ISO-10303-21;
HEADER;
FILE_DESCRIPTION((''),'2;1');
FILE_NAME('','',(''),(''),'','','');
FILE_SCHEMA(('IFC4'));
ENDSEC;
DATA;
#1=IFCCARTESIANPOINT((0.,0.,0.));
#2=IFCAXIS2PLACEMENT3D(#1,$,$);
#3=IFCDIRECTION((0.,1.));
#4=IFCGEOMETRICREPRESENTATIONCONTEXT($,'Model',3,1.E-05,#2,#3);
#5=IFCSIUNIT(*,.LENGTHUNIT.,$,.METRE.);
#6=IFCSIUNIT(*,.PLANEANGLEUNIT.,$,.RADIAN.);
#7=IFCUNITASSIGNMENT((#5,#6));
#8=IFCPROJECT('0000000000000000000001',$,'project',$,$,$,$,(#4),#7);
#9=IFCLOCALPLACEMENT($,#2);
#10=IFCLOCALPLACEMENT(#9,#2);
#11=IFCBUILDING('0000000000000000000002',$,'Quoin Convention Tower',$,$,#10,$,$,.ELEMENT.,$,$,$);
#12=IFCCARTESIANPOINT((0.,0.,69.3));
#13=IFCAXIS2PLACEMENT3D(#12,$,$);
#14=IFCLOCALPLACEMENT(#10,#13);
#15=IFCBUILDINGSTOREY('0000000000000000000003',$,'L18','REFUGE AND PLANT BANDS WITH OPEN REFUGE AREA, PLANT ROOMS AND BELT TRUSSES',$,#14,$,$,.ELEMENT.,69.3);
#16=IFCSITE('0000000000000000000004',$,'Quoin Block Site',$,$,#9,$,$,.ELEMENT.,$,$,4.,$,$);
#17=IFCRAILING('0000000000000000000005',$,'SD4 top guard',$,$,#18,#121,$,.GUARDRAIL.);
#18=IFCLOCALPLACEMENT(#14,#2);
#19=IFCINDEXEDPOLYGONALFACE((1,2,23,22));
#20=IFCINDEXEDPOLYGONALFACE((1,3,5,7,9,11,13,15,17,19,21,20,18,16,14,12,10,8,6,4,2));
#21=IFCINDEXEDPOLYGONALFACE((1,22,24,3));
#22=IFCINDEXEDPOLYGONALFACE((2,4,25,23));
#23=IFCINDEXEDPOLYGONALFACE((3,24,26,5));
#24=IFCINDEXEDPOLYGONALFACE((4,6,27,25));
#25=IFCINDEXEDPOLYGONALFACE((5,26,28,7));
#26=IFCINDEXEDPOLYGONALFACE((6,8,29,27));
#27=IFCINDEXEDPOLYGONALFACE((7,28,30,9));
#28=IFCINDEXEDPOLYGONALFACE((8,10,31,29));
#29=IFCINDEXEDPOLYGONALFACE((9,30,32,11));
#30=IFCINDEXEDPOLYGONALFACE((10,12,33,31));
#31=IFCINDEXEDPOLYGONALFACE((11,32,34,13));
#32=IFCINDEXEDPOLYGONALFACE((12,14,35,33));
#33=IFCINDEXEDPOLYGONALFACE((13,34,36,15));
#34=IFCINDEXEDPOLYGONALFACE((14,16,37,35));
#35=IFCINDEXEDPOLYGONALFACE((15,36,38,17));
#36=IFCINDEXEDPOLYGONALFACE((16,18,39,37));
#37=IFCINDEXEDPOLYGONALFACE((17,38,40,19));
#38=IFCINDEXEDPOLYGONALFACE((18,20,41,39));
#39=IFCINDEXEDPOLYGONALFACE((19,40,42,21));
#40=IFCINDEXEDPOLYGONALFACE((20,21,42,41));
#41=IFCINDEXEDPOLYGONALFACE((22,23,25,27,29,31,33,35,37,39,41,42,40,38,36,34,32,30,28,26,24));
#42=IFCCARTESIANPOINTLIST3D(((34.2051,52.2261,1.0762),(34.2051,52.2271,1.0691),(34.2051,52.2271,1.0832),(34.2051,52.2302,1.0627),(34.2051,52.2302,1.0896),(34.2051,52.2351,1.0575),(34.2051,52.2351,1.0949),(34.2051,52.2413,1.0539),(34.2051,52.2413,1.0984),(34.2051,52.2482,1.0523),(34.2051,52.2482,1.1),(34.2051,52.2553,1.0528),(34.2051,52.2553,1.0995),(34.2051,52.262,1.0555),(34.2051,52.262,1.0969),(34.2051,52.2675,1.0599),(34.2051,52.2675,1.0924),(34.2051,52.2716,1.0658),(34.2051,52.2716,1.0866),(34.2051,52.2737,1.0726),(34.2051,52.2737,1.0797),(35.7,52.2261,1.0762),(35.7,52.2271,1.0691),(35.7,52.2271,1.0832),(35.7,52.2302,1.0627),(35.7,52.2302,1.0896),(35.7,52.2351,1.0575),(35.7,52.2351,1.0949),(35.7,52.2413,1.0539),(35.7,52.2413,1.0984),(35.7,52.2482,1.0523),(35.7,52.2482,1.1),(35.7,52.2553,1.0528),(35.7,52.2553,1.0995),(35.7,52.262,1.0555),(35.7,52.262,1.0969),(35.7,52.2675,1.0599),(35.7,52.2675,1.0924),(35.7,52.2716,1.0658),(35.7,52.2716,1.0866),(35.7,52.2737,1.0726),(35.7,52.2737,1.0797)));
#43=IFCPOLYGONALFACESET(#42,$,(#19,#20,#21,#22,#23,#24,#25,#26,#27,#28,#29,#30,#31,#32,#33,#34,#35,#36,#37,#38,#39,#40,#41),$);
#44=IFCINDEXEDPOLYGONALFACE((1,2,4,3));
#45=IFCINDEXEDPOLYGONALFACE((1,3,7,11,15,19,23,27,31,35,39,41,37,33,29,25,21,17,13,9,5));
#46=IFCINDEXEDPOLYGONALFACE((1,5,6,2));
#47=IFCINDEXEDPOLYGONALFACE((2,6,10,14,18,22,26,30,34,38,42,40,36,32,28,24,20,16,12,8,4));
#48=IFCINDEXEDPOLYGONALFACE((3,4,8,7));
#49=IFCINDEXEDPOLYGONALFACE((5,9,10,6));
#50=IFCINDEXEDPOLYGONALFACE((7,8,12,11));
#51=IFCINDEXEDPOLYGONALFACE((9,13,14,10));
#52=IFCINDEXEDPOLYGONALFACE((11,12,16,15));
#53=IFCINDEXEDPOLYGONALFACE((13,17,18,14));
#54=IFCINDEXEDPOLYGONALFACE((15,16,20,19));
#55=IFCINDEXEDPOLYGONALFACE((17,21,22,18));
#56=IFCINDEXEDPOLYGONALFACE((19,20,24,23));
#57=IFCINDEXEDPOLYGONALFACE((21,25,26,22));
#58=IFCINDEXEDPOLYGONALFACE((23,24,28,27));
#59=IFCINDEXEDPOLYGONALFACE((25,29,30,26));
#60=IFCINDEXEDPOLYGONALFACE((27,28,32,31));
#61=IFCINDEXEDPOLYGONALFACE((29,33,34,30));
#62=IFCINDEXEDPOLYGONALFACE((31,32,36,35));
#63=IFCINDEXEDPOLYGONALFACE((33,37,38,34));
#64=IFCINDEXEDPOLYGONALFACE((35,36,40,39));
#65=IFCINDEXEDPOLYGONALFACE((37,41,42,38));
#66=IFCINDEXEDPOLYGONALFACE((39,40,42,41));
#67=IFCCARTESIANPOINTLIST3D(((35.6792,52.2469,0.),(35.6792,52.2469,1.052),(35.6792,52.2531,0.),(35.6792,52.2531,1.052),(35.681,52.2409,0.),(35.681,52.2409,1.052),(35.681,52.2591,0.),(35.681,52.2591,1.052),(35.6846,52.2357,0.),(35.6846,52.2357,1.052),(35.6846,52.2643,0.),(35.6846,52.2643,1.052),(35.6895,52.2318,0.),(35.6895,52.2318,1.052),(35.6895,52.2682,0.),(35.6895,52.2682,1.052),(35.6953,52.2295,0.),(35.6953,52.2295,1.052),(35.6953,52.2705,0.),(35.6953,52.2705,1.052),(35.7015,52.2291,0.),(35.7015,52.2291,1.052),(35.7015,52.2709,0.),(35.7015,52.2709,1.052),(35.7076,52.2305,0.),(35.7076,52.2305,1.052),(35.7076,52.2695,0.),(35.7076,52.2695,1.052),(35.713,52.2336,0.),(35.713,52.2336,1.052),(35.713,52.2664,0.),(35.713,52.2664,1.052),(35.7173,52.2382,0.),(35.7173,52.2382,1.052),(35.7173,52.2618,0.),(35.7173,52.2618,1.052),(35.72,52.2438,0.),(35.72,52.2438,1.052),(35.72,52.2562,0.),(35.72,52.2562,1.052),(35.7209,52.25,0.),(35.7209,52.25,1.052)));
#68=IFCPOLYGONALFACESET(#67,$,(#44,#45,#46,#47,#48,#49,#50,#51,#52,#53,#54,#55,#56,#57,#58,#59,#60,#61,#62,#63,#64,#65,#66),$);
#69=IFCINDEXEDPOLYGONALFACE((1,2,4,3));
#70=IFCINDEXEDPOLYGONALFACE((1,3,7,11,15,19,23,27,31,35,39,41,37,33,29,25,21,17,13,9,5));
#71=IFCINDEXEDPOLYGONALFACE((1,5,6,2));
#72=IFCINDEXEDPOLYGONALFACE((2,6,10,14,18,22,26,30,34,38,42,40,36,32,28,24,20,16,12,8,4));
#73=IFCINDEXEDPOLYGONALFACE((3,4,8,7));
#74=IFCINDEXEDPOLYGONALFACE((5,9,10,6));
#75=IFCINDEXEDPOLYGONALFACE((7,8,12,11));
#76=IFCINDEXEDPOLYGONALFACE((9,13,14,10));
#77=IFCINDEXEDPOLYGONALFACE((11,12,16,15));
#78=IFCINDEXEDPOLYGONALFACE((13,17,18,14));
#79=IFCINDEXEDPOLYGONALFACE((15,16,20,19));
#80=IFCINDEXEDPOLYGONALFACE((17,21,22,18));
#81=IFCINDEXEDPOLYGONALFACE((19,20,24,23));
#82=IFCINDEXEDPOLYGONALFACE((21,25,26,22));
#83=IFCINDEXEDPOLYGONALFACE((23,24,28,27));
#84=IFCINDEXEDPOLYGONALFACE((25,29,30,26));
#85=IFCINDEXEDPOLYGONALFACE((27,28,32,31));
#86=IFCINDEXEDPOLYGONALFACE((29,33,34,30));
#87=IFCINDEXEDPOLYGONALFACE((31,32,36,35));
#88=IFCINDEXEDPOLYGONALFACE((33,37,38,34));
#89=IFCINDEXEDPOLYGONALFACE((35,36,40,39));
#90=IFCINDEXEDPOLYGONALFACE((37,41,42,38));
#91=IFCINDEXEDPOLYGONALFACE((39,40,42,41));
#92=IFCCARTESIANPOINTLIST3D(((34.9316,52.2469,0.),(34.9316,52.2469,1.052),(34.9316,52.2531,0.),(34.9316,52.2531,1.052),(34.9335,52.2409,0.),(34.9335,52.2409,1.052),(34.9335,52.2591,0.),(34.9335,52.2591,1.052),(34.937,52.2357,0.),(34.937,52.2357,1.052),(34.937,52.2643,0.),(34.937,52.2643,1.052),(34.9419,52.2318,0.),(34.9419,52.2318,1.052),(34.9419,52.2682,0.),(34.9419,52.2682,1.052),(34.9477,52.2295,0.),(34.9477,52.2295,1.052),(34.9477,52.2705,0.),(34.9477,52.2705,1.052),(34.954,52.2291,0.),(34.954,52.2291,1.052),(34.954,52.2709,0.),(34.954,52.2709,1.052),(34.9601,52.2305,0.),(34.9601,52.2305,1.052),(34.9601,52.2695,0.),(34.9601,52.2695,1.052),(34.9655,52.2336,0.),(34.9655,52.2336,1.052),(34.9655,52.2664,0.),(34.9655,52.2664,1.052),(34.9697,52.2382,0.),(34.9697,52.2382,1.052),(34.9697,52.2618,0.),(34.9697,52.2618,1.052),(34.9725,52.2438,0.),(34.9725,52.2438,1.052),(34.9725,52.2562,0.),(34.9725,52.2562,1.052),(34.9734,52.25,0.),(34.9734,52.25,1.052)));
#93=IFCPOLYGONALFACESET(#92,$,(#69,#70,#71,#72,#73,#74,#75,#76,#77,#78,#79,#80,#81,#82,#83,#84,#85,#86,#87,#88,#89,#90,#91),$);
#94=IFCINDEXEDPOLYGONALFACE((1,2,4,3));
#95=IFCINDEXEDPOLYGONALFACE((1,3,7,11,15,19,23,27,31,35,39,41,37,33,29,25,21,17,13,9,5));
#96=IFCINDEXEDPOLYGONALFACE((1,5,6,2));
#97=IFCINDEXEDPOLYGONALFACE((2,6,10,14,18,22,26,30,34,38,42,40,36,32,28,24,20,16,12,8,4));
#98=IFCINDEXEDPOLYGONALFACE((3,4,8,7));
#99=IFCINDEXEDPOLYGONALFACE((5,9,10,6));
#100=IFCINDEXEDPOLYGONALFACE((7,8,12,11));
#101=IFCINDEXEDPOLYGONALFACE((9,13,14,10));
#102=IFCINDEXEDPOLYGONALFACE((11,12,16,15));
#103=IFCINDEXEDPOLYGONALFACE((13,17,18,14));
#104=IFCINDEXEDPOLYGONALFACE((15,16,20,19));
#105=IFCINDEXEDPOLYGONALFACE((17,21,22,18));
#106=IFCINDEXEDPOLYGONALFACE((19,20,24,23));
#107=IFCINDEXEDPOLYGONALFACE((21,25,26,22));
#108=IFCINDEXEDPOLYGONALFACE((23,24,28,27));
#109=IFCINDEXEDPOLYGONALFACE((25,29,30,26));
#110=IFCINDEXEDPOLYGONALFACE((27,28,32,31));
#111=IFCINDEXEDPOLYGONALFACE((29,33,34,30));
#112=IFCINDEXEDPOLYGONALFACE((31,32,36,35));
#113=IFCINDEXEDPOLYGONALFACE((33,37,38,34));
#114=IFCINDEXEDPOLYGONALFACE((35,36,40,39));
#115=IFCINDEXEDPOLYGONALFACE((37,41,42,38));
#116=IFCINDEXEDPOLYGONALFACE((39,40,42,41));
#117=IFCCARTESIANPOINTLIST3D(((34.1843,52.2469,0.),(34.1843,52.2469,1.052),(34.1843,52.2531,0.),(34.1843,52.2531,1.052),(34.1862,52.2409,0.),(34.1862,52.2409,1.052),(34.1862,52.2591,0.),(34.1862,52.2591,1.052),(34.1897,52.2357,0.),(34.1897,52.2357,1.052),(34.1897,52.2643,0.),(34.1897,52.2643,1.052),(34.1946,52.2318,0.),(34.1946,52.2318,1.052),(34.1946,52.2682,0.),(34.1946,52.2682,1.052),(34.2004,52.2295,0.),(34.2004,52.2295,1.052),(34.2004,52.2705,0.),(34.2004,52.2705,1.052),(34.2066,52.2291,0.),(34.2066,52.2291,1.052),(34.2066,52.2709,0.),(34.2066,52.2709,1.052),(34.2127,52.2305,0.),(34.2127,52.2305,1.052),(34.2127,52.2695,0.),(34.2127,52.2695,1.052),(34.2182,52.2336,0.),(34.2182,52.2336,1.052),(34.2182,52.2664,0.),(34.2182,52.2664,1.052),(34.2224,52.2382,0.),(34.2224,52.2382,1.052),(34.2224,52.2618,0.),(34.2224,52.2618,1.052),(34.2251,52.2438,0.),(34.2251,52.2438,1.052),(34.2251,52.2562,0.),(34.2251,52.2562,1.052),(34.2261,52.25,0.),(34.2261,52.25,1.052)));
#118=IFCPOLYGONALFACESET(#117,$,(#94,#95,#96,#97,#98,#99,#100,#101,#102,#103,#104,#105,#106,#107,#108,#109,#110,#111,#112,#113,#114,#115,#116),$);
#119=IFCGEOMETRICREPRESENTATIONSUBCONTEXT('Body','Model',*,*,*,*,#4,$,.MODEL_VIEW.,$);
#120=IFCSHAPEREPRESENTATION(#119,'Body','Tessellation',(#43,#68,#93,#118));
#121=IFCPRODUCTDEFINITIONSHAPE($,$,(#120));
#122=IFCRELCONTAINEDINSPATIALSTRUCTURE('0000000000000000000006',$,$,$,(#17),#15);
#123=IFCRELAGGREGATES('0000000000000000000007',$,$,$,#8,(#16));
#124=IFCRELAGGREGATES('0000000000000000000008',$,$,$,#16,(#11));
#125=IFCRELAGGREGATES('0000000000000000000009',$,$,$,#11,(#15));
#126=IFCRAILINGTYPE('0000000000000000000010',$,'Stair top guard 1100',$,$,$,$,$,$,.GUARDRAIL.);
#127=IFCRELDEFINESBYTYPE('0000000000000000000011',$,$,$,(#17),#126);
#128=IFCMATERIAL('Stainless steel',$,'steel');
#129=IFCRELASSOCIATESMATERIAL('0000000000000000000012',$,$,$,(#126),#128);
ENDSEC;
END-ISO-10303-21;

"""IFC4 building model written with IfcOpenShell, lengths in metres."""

from ifc_helpers import new_model, si_unit, direction, frame, origin, origin_2d, place, context, subcontext, project, spatial, circle, extrude, material, type_object, element, save


model = new_model("IFC4")

# Units and contexts
model_context = context("Model", 3, precision=1e-05, world=origin(), true_north=direction((0.0, 1.0)))
body_context = subcontext(model_context, "Body", "Model", "MODEL_VIEW")
ifc_project = project(units=[si_unit("LENGTHUNIT", "METRE"), si_unit("PLANEANGLEUNIT", "RADIAN")], contexts=[model_context])

# Site, building, storey
site_placement = place(None, origin())
site = spatial("IfcSite", under=ifc_project, at=site_placement, Name="Quoin Block Site", CompositionType="ELEMENT", RefElevation=4.0)
building_placement = place(site_placement, origin())
building = spatial("IfcBuilding", under=site, at=building_placement, Name="Quoin Convention Tower", CompositionType="ELEMENT")
storey_placement = place(building_placement, frame((0.0, 0.0, 69.3)))
storey = spatial("IfcBuildingStorey", under=building, at=storey_placement, Name="L18", Description="REFUGE AND PLANT BANDS WITH OPEN REFUGE AREA, PLANT ROOMS AND BELT TRUSSES", CompositionType="ELEMENT", Elevation=69.3)

# Railing
ifc_material_1 = material(Name="Stainless steel", Category="steel")
railing_type_1 = type_object("IfcRailingType", Name="Stair top guard 1100", PredefinedType="GUARDRAIL", material=ifc_material_1)
railing_1_placement = place(storey_placement, frame((35.7, 52.25, 0.0)))
element("IfcRailing", 1, at=railing_1_placement, inside=storey, type_object=railing_type_1, Name="SD4 top guard", PredefinedType="GUARDRAIL", context=body_context, shape_type="SweptSolid", body=[
    extrude(circle(Radius=0.0239, at=origin_2d()), frame((0.0, 0.0, 1.0762), z_axis=(-1.0, 0.0, 0.0), x_axis=(0.0, -1.0, 0.0)), (0.0, 0.0, 1.0), 1.4949),
    extrude(circle(Radius=0.021, at=origin_2d()), origin(), (0.0, 0.0, 1.0), 1.052),
    extrude(circle(Radius=0.021, at=origin_2d()), frame((-0.7476, 0.0, 0.0)), (0.0, 0.0, 1.0), 1.052),
    extrude(circle(Radius=0.021, at=origin_2d()), frame((-1.4949, 0.0, 0.0)), (0.0, 0.0, 1.0), 1.052),
])

save(model, "model.ifc")
